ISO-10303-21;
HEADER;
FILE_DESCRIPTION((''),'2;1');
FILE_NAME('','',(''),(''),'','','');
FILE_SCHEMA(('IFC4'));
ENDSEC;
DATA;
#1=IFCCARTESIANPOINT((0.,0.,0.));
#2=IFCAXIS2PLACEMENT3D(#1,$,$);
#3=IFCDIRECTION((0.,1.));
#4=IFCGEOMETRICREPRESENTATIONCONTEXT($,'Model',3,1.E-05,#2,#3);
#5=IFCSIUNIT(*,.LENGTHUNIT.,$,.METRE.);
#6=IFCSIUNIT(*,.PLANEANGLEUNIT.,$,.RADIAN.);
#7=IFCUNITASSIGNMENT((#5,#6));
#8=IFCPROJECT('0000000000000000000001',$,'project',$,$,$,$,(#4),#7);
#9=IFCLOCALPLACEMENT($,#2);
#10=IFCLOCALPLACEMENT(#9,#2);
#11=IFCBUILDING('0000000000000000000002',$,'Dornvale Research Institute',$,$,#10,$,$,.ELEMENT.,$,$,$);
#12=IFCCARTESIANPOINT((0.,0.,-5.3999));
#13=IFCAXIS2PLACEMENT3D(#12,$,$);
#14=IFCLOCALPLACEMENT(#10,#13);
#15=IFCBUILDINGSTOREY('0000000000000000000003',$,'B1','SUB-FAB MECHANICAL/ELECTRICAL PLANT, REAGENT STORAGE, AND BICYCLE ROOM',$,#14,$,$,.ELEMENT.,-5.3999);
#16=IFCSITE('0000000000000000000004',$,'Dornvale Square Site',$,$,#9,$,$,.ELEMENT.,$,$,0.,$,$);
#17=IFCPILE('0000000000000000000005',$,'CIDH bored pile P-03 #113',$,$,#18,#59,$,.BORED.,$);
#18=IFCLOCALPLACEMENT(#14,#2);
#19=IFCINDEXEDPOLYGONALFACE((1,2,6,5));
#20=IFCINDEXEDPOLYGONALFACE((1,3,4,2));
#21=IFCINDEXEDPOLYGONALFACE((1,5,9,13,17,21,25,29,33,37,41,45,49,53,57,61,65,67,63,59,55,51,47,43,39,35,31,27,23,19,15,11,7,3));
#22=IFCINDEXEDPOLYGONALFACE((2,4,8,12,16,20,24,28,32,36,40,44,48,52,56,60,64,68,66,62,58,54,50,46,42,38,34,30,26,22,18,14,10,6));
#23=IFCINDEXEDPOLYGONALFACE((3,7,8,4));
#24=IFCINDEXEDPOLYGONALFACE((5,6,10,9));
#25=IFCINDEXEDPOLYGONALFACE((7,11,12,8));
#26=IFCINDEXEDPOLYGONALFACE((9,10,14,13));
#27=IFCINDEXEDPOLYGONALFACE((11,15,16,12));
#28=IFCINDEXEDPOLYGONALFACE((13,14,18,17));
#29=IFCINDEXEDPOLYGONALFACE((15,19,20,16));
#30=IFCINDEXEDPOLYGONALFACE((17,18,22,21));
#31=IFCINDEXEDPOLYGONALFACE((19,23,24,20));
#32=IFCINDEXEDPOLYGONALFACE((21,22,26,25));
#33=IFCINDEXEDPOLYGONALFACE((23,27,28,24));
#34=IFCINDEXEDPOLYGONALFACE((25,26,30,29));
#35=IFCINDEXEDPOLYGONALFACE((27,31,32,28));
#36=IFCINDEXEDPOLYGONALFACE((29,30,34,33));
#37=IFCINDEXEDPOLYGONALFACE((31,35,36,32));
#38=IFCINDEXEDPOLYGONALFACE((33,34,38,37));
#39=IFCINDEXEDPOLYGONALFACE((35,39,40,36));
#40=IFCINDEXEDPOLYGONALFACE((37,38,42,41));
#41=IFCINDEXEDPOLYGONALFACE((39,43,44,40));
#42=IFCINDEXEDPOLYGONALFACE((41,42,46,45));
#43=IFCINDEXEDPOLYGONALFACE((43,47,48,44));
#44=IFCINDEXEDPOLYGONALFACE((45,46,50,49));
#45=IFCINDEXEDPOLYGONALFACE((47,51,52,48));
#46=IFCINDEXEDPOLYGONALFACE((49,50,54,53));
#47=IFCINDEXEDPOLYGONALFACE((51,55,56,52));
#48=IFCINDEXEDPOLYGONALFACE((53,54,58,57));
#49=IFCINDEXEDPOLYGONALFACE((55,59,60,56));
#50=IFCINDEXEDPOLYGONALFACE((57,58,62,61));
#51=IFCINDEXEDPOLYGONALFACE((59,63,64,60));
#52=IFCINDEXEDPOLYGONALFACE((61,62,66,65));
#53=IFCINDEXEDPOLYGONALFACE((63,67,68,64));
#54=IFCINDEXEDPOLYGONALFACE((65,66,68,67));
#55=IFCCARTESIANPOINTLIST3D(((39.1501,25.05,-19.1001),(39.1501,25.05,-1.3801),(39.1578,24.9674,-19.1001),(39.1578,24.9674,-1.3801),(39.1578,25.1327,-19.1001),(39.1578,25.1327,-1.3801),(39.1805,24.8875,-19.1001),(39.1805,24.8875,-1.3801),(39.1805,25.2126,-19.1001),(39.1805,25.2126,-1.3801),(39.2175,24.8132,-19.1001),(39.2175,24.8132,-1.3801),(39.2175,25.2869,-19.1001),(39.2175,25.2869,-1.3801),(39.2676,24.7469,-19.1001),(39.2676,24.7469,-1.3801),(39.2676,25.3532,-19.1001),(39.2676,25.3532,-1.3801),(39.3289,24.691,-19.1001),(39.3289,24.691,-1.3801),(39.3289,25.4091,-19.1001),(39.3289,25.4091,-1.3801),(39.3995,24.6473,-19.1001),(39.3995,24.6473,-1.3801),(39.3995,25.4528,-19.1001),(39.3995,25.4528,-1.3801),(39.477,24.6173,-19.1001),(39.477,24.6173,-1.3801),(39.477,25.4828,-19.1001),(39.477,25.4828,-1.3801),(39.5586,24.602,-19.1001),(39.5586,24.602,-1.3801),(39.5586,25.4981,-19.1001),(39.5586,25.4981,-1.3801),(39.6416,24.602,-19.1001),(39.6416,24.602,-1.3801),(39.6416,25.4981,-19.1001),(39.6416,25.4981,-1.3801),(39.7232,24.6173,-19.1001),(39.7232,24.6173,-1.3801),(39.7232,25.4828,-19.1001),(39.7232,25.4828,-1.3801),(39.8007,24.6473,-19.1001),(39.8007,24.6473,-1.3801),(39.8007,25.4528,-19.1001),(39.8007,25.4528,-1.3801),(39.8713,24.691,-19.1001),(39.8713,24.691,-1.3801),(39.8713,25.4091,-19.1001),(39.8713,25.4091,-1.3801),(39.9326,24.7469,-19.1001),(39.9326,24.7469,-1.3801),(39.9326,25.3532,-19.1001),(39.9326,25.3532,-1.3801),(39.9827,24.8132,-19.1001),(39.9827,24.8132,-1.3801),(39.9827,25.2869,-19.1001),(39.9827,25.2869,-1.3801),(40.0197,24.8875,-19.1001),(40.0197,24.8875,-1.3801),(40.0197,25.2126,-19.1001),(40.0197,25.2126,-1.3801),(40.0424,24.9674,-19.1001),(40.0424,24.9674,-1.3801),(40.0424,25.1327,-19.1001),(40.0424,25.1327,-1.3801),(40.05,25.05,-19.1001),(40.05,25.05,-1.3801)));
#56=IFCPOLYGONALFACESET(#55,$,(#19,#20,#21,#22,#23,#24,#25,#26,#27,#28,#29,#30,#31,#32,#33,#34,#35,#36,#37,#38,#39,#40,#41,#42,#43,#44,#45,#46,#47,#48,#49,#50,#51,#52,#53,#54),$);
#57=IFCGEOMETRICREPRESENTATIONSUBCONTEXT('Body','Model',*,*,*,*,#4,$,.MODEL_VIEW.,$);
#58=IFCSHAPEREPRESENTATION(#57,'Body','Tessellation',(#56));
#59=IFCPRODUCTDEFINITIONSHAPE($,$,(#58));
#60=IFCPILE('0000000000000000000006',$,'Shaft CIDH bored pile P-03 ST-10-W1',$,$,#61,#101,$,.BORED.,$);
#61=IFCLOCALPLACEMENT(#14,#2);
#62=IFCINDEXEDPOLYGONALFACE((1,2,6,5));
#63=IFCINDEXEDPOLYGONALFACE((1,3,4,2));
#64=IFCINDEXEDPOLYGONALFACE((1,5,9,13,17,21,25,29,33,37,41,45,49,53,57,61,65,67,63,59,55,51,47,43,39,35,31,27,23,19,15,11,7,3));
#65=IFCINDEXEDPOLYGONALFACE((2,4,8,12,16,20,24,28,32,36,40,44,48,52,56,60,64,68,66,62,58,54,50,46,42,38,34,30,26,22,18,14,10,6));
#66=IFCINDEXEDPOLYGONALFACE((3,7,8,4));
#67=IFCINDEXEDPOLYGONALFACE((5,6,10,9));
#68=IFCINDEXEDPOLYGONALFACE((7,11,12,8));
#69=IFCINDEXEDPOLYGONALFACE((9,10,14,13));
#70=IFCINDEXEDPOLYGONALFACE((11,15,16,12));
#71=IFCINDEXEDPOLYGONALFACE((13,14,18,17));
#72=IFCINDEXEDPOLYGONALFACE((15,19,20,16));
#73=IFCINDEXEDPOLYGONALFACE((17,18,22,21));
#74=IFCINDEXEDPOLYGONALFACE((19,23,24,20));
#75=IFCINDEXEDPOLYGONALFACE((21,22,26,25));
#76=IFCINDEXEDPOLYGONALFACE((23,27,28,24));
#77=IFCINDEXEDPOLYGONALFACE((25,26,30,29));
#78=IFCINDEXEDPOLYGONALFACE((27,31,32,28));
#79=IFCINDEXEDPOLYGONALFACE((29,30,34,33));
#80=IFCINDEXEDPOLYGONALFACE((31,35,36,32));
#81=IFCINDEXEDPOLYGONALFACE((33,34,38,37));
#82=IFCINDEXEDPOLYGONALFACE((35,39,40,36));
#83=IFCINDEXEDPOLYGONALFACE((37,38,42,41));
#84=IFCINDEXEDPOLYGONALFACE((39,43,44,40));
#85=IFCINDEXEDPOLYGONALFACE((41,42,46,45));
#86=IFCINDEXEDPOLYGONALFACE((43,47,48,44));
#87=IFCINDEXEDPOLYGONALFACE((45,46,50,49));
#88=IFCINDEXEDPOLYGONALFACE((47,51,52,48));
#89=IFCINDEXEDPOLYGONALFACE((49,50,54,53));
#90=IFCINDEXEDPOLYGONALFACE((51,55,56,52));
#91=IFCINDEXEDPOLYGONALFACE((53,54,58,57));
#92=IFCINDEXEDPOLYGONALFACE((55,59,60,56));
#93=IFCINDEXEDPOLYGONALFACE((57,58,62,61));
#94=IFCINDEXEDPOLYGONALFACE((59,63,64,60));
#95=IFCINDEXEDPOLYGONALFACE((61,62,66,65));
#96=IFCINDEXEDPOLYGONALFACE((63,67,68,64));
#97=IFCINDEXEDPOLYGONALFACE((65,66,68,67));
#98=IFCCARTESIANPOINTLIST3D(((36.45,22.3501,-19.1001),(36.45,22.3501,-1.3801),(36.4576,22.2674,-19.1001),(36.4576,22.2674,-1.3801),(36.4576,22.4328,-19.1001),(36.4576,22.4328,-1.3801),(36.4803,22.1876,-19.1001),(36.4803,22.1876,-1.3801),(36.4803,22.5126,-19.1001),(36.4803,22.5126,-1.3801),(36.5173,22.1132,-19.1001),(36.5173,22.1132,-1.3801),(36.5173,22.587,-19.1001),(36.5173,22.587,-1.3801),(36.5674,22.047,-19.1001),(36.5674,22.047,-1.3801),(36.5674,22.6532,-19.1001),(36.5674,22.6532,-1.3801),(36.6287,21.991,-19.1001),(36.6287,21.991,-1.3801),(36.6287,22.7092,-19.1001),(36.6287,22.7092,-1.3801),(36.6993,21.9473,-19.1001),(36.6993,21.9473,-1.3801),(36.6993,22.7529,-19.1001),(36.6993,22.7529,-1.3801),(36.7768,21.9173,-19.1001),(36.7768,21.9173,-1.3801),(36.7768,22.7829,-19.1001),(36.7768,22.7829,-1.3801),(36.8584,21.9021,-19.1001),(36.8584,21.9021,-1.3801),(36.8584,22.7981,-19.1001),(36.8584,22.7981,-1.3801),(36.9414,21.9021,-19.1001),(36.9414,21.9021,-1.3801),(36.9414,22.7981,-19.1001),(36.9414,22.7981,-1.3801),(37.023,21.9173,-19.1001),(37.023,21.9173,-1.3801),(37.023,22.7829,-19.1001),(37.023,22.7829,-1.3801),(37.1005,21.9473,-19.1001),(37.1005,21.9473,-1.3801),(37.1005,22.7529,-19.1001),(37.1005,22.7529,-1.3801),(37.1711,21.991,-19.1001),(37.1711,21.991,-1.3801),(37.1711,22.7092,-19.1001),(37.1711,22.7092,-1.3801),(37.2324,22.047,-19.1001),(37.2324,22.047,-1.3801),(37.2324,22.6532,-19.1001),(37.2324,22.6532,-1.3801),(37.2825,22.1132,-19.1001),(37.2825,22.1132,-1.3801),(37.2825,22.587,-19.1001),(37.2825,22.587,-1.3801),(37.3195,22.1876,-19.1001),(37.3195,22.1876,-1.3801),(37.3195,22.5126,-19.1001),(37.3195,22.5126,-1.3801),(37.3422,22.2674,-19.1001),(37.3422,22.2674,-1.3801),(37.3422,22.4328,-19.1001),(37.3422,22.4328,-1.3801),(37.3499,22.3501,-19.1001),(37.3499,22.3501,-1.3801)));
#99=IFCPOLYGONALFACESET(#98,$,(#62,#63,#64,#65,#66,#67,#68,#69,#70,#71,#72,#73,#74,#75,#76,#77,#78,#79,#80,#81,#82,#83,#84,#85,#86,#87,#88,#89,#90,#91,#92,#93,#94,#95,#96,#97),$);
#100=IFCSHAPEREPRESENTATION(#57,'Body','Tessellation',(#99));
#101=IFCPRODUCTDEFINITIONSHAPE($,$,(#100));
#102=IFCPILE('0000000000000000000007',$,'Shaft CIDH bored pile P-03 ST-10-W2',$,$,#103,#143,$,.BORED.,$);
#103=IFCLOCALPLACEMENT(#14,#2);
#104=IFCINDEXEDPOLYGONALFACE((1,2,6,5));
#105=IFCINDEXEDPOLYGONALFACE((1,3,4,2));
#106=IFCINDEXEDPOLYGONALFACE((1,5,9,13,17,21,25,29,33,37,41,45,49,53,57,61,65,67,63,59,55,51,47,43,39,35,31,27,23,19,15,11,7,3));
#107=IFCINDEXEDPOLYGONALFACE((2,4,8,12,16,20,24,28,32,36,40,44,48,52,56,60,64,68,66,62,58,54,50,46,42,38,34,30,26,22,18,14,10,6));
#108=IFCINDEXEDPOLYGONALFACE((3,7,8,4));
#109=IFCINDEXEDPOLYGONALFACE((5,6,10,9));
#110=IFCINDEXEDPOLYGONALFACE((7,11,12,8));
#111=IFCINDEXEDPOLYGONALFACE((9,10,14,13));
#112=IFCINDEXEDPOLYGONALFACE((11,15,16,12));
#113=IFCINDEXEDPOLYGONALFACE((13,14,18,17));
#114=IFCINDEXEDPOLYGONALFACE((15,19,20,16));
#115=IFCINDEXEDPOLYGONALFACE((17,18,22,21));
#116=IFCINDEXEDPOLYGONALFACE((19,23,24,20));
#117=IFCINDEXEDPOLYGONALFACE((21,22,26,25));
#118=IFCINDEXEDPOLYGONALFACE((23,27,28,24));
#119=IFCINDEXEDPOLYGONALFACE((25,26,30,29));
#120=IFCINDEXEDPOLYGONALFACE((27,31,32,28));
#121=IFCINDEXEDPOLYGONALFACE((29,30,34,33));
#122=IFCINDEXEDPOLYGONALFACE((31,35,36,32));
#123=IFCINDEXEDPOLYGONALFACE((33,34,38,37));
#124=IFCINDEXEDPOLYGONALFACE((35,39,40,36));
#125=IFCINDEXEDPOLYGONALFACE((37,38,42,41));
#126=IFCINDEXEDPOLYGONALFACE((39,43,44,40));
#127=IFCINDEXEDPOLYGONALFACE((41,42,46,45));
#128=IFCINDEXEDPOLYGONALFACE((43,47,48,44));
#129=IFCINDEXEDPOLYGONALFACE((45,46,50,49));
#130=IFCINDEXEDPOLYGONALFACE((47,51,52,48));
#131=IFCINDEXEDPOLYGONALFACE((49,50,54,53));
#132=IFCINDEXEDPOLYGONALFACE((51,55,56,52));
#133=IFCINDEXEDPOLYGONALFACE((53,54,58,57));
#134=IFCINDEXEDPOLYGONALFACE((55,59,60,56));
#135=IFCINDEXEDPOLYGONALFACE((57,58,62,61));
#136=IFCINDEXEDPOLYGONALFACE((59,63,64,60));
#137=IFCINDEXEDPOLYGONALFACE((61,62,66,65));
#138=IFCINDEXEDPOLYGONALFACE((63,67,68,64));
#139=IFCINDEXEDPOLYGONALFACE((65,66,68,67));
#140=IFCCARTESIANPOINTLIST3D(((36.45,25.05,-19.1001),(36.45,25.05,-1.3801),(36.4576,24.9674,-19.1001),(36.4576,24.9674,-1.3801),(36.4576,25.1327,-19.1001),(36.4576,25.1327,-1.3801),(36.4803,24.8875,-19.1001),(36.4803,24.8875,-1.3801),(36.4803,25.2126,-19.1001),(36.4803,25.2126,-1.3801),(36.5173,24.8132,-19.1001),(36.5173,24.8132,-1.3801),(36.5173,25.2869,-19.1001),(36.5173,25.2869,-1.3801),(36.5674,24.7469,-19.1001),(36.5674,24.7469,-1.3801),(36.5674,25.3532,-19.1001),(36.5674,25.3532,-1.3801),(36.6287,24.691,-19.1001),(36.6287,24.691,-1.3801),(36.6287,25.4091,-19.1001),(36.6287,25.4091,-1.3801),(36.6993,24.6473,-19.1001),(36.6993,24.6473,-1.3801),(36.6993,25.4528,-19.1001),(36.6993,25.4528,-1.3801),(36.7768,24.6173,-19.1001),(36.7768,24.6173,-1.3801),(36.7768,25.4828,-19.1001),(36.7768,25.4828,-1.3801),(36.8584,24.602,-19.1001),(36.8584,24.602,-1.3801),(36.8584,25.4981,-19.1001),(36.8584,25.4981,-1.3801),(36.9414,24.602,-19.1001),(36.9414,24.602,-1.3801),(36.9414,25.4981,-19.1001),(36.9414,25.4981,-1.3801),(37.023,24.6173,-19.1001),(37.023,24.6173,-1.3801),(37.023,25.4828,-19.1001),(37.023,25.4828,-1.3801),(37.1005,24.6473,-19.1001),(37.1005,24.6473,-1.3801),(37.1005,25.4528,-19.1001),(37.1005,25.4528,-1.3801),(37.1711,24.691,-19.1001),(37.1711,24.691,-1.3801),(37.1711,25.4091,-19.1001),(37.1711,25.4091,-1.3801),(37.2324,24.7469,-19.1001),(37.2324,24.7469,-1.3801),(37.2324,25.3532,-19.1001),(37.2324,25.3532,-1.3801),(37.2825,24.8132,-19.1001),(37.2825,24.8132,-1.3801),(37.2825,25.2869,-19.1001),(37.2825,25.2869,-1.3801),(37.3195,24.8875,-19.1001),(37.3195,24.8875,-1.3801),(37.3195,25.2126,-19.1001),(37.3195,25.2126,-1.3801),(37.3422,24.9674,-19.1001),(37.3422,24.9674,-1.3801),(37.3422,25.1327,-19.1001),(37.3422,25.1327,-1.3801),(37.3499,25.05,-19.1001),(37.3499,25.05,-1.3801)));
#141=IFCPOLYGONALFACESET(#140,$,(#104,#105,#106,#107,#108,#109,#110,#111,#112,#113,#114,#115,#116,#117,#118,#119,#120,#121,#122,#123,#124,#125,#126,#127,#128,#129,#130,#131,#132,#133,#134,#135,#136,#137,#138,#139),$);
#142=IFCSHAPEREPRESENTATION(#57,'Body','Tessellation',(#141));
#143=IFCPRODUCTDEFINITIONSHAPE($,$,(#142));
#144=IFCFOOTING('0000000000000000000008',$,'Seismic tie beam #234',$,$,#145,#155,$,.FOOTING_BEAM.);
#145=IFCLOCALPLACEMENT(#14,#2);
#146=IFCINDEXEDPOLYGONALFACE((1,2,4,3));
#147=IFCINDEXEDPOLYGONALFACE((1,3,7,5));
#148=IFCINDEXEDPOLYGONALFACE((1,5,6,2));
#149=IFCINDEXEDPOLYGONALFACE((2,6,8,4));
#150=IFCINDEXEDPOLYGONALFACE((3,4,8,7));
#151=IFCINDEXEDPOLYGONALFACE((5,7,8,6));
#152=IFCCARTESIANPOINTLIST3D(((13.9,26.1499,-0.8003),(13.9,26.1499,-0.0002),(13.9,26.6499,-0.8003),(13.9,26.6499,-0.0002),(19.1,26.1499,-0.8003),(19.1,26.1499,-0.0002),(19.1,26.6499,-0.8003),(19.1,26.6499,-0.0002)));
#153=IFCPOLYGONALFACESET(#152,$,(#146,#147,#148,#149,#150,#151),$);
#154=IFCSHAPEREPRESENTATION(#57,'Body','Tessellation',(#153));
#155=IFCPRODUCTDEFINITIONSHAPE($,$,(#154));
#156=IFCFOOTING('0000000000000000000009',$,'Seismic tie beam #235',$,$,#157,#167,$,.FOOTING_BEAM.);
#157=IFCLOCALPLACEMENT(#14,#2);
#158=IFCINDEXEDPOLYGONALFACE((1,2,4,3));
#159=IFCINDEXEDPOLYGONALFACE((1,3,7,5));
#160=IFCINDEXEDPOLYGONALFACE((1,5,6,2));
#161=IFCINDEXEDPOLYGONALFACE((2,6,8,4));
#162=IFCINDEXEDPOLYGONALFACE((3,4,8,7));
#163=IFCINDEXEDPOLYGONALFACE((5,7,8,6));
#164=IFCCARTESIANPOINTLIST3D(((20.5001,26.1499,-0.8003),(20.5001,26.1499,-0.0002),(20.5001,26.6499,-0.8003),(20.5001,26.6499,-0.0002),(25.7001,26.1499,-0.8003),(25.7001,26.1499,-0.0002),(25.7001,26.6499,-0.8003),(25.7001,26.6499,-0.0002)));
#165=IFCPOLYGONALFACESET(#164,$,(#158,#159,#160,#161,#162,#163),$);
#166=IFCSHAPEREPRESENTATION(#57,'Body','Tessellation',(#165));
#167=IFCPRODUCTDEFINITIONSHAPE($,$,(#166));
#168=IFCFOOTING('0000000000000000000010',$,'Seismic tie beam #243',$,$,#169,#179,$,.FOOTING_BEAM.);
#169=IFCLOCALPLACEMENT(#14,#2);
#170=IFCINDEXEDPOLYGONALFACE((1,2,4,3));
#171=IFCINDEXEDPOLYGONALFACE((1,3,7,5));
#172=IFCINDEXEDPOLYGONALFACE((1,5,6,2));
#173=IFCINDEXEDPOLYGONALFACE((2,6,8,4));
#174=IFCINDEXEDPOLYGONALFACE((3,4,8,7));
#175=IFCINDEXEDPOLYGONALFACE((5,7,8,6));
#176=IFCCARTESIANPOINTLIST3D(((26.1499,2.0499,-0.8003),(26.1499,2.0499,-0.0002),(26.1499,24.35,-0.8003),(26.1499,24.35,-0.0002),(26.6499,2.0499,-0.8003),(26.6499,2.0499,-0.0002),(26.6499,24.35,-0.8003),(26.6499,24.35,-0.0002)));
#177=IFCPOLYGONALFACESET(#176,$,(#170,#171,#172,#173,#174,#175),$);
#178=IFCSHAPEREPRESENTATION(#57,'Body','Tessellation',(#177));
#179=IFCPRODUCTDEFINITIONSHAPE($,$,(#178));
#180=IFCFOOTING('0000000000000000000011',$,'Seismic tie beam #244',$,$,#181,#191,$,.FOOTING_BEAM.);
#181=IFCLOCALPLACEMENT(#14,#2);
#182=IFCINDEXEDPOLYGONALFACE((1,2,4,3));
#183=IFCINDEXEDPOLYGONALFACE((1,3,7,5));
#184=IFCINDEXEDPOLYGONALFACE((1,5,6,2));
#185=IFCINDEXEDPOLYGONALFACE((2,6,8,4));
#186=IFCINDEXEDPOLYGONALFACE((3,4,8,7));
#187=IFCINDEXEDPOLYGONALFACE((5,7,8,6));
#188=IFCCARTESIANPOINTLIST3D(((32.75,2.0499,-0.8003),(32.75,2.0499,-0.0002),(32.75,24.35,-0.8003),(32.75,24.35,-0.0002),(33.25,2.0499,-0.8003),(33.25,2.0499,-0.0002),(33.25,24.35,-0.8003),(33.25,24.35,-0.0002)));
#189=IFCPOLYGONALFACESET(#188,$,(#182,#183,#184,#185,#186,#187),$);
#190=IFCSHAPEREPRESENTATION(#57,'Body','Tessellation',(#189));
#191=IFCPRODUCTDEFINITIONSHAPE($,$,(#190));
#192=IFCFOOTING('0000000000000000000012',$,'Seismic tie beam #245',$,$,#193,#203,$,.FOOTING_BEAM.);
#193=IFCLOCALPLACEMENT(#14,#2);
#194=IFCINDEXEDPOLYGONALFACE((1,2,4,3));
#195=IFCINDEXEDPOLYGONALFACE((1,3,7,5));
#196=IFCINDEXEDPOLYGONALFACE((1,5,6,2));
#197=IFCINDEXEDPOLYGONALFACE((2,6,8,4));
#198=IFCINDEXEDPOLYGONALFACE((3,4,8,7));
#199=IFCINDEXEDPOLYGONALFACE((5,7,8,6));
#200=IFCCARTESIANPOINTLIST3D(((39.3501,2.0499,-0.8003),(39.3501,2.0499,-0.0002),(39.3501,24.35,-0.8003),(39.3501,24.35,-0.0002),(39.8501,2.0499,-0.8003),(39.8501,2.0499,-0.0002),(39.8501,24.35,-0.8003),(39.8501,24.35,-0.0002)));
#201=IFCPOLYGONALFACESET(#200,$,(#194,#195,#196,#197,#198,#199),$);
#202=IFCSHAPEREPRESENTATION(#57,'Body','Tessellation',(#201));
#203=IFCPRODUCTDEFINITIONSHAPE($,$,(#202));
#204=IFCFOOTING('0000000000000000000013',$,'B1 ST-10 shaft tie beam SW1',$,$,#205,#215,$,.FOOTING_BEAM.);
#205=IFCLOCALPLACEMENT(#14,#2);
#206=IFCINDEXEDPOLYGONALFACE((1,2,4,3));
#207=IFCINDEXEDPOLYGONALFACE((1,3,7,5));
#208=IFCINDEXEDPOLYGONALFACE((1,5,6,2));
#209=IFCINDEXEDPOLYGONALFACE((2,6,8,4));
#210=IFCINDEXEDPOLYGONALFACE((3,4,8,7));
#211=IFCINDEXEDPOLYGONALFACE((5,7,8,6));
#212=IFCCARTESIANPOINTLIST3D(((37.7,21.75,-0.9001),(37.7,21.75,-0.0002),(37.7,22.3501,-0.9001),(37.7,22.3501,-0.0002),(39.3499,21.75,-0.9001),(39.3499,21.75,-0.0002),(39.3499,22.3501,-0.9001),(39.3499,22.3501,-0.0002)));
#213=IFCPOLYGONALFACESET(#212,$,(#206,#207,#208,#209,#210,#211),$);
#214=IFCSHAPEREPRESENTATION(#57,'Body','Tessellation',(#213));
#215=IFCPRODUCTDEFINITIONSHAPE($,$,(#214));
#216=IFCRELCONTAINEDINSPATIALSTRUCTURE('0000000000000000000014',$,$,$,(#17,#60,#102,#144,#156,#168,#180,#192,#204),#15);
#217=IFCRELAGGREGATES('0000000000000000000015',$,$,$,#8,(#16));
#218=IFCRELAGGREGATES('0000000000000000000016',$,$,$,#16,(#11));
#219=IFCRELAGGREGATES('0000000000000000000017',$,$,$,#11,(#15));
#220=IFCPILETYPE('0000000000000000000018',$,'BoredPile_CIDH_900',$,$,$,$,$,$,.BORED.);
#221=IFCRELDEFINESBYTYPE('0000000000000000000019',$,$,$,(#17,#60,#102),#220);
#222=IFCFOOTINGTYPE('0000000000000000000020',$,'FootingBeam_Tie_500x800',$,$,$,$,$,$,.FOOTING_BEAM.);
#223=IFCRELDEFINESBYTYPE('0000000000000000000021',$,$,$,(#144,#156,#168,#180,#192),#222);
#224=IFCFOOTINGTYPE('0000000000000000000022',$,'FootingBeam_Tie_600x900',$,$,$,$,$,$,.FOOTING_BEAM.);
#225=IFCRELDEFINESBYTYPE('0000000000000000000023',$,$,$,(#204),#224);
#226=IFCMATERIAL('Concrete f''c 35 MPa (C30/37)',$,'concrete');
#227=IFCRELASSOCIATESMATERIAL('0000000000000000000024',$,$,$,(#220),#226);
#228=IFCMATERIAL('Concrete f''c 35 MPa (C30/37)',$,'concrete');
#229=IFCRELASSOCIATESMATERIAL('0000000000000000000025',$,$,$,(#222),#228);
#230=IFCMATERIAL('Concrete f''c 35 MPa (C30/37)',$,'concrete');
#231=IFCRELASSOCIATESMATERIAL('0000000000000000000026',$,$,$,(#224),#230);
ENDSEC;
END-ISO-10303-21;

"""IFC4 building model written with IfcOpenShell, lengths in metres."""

from ifc_helpers import new_model, si_unit, direction, frame, origin, origin_2d, place, context, subcontext, project, spatial, rectangle, circle, extrude, material, material_profile, profile_set, type_object, element, save


model = new_model("IFC4")

# Units and contexts
model_context = context("Model", 3, precision=1e-05, world=origin(), true_north=direction((0.0, 1.0)))
body_context = subcontext(model_context, "Body", "Model", "MODEL_VIEW")
ifc_project = project(units=[si_unit("LENGTHUNIT", "METRE"), si_unit("PLANEANGLEUNIT", "RADIAN")], contexts=[model_context])

# Site, building, storey
site_placement = place(None, origin())
site = spatial("IfcSite", under=ifc_project, at=site_placement, Name="Dornvale Square Site", CompositionType="ELEMENT", RefElevation=0.0)
building_placement = place(site_placement, origin())
building = spatial("IfcBuilding", under=site, at=building_placement, Name="Dornvale Research Institute", CompositionType="ELEMENT")
storey_placement = place(building_placement, frame((0.0, 0.0, -5.3999)))
storey = spatial("IfcBuildingStorey", under=building, at=storey_placement, Name="B1", Description="SUB-FAB MECHANICAL/ELECTRICAL PLANT, REAGENT STORAGE, AND BICYCLE ROOM", CompositionType="ELEMENT", Elevation=-5.3999)

# Piles
ifc_material_1 = material(Name="Concrete f'c 35 MPa (C30/37)", Category="concrete")
ifc_material_profile_1 = material_profile(ifc_material_1, circle(Radius=0.45, at=origin_2d()), Name="CIDH PILE D900")
ifc_profile_set_1 = profile_set([ifc_material_profile_1], Name="Concrete f'c 35 MPa (C30/37)")
pile_type = type_object("IfcPileType", Name="BoredPile_CIDH_900", PredefinedType="BORED", material=ifc_profile_set_1)
for number, where, z_axis, x_axis, name in (
    (1, (39.6001, 25.05, -1.3801), (0.0, 0.0, -1.0), (1.0, 0.0, 0.0), "CIDH bored pile P-03 #113"),
    (2, (36.8999, 22.3501, -1.3801), (0.0, 0.0, -1.0), (1.0, 0.0, 0.0), "Shaft CIDH bored pile P-03 ST-10-W1"),
    (3, (36.8999, 25.05, -1.3801), (0.0, 0.0, -1.0), (1.0, 0.0, 0.0), "Shaft CIDH bored pile P-03 ST-10-W2"),
):
    element("IfcPile", number, at=place(storey_placement, frame(where, z_axis=z_axis, x_axis=x_axis)), inside=storey, type_object=pile_type, Name=name, PredefinedType="BORED", context=body_context, shape_type="SweptSolid", body=[
        extrude(circle(Radius=0.45, at=origin_2d()), origin(), (0.0, 0.0, 1.0), 17.72),
    ])

# Footings
ifc_material_2 = material(Name="Concrete f'c 35 MPa (C30/37)", Category="concrete")
footing_type_1 = type_object("IfcFootingType", Name="FootingBeam_Tie_500x800", PredefinedType="FOOTING_BEAM", material=ifc_material_2)
for number, where, z_axis, x_axis, name in (
    (4, (16.5, 26.3999, -0.8003), (0.0, 0.0, 1.0), (1.0, 0.0, 0.0), "Seismic tie beam #234"),
    (5, (23.1001, 26.3999, -0.8003), (0.0, 0.0, 1.0), (1.0, 0.0, 0.0), "Seismic tie beam #235"),
):
    element("IfcFooting", number, at=place(storey_placement, frame(where, z_axis=z_axis, x_axis=x_axis)), inside=storey, type_object=footing_type_1, Name=name, PredefinedType="FOOTING_BEAM", context=body_context, shape_type="SweptSolid", body=[
        extrude(rectangle(XDim=5.2, YDim=0.5, at=origin_2d()), origin(), (0.0, 0.0, 1.0), 0.8),
    ])
for number, where, z_axis, x_axis, name in (
    (6, (26.3999, 13.2, -0.8003), (0.0, 0.0, 1.0), (0.0, 1.0, 0.0), "Seismic tie beam #243"),
    (7, (33.0, 13.2, -0.8003), (0.0, 0.0, 1.0), (0.0, 1.0, 0.0), "Seismic tie beam #244"),
    (8, (39.6001, 13.2, -0.8003), (0.0, 0.0, 1.0), (0.0, 1.0, 0.0), "Seismic tie beam #245"),
):
    element("IfcFooting", number, at=place(storey_placement, frame(where, z_axis=z_axis, x_axis=x_axis)), inside=storey, type_object=footing_type_1, Name=name, PredefinedType="FOOTING_BEAM", context=body_context, shape_type="SweptSolid", body=[
        extrude(rectangle(XDim=22.3, YDim=0.5, at=origin_2d()), origin(), (0.0, 0.0, 1.0), 0.8),
    ])
ifc_material_3 = material(Name="Concrete f'c 35 MPa (C30/37)", Category="concrete")
footing_type_2 = type_object("IfcFootingType", Name="FootingBeam_Tie_600x900", PredefinedType="FOOTING_BEAM", material=ifc_material_3)
footing_1_placement = place(storey_placement, frame((38.5249, 22.05, -0.9001), z_axis=(0.0, 0.0, 1.0), x_axis=(1.0, 0.0, 0.0)))
element("IfcFooting", 9, at=footing_1_placement, inside=storey, type_object=footing_type_2, Name="B1 ST-10 shaft tie beam SW1", PredefinedType="FOOTING_BEAM", context=body_context, shape_type="SweptSolid", body=[
    extrude(rectangle(XDim=1.6499, YDim=0.6001, at=origin_2d()), origin(), (0.0, 0.0, 1.0), 0.8999),
])

save(model, "model.ifc")
